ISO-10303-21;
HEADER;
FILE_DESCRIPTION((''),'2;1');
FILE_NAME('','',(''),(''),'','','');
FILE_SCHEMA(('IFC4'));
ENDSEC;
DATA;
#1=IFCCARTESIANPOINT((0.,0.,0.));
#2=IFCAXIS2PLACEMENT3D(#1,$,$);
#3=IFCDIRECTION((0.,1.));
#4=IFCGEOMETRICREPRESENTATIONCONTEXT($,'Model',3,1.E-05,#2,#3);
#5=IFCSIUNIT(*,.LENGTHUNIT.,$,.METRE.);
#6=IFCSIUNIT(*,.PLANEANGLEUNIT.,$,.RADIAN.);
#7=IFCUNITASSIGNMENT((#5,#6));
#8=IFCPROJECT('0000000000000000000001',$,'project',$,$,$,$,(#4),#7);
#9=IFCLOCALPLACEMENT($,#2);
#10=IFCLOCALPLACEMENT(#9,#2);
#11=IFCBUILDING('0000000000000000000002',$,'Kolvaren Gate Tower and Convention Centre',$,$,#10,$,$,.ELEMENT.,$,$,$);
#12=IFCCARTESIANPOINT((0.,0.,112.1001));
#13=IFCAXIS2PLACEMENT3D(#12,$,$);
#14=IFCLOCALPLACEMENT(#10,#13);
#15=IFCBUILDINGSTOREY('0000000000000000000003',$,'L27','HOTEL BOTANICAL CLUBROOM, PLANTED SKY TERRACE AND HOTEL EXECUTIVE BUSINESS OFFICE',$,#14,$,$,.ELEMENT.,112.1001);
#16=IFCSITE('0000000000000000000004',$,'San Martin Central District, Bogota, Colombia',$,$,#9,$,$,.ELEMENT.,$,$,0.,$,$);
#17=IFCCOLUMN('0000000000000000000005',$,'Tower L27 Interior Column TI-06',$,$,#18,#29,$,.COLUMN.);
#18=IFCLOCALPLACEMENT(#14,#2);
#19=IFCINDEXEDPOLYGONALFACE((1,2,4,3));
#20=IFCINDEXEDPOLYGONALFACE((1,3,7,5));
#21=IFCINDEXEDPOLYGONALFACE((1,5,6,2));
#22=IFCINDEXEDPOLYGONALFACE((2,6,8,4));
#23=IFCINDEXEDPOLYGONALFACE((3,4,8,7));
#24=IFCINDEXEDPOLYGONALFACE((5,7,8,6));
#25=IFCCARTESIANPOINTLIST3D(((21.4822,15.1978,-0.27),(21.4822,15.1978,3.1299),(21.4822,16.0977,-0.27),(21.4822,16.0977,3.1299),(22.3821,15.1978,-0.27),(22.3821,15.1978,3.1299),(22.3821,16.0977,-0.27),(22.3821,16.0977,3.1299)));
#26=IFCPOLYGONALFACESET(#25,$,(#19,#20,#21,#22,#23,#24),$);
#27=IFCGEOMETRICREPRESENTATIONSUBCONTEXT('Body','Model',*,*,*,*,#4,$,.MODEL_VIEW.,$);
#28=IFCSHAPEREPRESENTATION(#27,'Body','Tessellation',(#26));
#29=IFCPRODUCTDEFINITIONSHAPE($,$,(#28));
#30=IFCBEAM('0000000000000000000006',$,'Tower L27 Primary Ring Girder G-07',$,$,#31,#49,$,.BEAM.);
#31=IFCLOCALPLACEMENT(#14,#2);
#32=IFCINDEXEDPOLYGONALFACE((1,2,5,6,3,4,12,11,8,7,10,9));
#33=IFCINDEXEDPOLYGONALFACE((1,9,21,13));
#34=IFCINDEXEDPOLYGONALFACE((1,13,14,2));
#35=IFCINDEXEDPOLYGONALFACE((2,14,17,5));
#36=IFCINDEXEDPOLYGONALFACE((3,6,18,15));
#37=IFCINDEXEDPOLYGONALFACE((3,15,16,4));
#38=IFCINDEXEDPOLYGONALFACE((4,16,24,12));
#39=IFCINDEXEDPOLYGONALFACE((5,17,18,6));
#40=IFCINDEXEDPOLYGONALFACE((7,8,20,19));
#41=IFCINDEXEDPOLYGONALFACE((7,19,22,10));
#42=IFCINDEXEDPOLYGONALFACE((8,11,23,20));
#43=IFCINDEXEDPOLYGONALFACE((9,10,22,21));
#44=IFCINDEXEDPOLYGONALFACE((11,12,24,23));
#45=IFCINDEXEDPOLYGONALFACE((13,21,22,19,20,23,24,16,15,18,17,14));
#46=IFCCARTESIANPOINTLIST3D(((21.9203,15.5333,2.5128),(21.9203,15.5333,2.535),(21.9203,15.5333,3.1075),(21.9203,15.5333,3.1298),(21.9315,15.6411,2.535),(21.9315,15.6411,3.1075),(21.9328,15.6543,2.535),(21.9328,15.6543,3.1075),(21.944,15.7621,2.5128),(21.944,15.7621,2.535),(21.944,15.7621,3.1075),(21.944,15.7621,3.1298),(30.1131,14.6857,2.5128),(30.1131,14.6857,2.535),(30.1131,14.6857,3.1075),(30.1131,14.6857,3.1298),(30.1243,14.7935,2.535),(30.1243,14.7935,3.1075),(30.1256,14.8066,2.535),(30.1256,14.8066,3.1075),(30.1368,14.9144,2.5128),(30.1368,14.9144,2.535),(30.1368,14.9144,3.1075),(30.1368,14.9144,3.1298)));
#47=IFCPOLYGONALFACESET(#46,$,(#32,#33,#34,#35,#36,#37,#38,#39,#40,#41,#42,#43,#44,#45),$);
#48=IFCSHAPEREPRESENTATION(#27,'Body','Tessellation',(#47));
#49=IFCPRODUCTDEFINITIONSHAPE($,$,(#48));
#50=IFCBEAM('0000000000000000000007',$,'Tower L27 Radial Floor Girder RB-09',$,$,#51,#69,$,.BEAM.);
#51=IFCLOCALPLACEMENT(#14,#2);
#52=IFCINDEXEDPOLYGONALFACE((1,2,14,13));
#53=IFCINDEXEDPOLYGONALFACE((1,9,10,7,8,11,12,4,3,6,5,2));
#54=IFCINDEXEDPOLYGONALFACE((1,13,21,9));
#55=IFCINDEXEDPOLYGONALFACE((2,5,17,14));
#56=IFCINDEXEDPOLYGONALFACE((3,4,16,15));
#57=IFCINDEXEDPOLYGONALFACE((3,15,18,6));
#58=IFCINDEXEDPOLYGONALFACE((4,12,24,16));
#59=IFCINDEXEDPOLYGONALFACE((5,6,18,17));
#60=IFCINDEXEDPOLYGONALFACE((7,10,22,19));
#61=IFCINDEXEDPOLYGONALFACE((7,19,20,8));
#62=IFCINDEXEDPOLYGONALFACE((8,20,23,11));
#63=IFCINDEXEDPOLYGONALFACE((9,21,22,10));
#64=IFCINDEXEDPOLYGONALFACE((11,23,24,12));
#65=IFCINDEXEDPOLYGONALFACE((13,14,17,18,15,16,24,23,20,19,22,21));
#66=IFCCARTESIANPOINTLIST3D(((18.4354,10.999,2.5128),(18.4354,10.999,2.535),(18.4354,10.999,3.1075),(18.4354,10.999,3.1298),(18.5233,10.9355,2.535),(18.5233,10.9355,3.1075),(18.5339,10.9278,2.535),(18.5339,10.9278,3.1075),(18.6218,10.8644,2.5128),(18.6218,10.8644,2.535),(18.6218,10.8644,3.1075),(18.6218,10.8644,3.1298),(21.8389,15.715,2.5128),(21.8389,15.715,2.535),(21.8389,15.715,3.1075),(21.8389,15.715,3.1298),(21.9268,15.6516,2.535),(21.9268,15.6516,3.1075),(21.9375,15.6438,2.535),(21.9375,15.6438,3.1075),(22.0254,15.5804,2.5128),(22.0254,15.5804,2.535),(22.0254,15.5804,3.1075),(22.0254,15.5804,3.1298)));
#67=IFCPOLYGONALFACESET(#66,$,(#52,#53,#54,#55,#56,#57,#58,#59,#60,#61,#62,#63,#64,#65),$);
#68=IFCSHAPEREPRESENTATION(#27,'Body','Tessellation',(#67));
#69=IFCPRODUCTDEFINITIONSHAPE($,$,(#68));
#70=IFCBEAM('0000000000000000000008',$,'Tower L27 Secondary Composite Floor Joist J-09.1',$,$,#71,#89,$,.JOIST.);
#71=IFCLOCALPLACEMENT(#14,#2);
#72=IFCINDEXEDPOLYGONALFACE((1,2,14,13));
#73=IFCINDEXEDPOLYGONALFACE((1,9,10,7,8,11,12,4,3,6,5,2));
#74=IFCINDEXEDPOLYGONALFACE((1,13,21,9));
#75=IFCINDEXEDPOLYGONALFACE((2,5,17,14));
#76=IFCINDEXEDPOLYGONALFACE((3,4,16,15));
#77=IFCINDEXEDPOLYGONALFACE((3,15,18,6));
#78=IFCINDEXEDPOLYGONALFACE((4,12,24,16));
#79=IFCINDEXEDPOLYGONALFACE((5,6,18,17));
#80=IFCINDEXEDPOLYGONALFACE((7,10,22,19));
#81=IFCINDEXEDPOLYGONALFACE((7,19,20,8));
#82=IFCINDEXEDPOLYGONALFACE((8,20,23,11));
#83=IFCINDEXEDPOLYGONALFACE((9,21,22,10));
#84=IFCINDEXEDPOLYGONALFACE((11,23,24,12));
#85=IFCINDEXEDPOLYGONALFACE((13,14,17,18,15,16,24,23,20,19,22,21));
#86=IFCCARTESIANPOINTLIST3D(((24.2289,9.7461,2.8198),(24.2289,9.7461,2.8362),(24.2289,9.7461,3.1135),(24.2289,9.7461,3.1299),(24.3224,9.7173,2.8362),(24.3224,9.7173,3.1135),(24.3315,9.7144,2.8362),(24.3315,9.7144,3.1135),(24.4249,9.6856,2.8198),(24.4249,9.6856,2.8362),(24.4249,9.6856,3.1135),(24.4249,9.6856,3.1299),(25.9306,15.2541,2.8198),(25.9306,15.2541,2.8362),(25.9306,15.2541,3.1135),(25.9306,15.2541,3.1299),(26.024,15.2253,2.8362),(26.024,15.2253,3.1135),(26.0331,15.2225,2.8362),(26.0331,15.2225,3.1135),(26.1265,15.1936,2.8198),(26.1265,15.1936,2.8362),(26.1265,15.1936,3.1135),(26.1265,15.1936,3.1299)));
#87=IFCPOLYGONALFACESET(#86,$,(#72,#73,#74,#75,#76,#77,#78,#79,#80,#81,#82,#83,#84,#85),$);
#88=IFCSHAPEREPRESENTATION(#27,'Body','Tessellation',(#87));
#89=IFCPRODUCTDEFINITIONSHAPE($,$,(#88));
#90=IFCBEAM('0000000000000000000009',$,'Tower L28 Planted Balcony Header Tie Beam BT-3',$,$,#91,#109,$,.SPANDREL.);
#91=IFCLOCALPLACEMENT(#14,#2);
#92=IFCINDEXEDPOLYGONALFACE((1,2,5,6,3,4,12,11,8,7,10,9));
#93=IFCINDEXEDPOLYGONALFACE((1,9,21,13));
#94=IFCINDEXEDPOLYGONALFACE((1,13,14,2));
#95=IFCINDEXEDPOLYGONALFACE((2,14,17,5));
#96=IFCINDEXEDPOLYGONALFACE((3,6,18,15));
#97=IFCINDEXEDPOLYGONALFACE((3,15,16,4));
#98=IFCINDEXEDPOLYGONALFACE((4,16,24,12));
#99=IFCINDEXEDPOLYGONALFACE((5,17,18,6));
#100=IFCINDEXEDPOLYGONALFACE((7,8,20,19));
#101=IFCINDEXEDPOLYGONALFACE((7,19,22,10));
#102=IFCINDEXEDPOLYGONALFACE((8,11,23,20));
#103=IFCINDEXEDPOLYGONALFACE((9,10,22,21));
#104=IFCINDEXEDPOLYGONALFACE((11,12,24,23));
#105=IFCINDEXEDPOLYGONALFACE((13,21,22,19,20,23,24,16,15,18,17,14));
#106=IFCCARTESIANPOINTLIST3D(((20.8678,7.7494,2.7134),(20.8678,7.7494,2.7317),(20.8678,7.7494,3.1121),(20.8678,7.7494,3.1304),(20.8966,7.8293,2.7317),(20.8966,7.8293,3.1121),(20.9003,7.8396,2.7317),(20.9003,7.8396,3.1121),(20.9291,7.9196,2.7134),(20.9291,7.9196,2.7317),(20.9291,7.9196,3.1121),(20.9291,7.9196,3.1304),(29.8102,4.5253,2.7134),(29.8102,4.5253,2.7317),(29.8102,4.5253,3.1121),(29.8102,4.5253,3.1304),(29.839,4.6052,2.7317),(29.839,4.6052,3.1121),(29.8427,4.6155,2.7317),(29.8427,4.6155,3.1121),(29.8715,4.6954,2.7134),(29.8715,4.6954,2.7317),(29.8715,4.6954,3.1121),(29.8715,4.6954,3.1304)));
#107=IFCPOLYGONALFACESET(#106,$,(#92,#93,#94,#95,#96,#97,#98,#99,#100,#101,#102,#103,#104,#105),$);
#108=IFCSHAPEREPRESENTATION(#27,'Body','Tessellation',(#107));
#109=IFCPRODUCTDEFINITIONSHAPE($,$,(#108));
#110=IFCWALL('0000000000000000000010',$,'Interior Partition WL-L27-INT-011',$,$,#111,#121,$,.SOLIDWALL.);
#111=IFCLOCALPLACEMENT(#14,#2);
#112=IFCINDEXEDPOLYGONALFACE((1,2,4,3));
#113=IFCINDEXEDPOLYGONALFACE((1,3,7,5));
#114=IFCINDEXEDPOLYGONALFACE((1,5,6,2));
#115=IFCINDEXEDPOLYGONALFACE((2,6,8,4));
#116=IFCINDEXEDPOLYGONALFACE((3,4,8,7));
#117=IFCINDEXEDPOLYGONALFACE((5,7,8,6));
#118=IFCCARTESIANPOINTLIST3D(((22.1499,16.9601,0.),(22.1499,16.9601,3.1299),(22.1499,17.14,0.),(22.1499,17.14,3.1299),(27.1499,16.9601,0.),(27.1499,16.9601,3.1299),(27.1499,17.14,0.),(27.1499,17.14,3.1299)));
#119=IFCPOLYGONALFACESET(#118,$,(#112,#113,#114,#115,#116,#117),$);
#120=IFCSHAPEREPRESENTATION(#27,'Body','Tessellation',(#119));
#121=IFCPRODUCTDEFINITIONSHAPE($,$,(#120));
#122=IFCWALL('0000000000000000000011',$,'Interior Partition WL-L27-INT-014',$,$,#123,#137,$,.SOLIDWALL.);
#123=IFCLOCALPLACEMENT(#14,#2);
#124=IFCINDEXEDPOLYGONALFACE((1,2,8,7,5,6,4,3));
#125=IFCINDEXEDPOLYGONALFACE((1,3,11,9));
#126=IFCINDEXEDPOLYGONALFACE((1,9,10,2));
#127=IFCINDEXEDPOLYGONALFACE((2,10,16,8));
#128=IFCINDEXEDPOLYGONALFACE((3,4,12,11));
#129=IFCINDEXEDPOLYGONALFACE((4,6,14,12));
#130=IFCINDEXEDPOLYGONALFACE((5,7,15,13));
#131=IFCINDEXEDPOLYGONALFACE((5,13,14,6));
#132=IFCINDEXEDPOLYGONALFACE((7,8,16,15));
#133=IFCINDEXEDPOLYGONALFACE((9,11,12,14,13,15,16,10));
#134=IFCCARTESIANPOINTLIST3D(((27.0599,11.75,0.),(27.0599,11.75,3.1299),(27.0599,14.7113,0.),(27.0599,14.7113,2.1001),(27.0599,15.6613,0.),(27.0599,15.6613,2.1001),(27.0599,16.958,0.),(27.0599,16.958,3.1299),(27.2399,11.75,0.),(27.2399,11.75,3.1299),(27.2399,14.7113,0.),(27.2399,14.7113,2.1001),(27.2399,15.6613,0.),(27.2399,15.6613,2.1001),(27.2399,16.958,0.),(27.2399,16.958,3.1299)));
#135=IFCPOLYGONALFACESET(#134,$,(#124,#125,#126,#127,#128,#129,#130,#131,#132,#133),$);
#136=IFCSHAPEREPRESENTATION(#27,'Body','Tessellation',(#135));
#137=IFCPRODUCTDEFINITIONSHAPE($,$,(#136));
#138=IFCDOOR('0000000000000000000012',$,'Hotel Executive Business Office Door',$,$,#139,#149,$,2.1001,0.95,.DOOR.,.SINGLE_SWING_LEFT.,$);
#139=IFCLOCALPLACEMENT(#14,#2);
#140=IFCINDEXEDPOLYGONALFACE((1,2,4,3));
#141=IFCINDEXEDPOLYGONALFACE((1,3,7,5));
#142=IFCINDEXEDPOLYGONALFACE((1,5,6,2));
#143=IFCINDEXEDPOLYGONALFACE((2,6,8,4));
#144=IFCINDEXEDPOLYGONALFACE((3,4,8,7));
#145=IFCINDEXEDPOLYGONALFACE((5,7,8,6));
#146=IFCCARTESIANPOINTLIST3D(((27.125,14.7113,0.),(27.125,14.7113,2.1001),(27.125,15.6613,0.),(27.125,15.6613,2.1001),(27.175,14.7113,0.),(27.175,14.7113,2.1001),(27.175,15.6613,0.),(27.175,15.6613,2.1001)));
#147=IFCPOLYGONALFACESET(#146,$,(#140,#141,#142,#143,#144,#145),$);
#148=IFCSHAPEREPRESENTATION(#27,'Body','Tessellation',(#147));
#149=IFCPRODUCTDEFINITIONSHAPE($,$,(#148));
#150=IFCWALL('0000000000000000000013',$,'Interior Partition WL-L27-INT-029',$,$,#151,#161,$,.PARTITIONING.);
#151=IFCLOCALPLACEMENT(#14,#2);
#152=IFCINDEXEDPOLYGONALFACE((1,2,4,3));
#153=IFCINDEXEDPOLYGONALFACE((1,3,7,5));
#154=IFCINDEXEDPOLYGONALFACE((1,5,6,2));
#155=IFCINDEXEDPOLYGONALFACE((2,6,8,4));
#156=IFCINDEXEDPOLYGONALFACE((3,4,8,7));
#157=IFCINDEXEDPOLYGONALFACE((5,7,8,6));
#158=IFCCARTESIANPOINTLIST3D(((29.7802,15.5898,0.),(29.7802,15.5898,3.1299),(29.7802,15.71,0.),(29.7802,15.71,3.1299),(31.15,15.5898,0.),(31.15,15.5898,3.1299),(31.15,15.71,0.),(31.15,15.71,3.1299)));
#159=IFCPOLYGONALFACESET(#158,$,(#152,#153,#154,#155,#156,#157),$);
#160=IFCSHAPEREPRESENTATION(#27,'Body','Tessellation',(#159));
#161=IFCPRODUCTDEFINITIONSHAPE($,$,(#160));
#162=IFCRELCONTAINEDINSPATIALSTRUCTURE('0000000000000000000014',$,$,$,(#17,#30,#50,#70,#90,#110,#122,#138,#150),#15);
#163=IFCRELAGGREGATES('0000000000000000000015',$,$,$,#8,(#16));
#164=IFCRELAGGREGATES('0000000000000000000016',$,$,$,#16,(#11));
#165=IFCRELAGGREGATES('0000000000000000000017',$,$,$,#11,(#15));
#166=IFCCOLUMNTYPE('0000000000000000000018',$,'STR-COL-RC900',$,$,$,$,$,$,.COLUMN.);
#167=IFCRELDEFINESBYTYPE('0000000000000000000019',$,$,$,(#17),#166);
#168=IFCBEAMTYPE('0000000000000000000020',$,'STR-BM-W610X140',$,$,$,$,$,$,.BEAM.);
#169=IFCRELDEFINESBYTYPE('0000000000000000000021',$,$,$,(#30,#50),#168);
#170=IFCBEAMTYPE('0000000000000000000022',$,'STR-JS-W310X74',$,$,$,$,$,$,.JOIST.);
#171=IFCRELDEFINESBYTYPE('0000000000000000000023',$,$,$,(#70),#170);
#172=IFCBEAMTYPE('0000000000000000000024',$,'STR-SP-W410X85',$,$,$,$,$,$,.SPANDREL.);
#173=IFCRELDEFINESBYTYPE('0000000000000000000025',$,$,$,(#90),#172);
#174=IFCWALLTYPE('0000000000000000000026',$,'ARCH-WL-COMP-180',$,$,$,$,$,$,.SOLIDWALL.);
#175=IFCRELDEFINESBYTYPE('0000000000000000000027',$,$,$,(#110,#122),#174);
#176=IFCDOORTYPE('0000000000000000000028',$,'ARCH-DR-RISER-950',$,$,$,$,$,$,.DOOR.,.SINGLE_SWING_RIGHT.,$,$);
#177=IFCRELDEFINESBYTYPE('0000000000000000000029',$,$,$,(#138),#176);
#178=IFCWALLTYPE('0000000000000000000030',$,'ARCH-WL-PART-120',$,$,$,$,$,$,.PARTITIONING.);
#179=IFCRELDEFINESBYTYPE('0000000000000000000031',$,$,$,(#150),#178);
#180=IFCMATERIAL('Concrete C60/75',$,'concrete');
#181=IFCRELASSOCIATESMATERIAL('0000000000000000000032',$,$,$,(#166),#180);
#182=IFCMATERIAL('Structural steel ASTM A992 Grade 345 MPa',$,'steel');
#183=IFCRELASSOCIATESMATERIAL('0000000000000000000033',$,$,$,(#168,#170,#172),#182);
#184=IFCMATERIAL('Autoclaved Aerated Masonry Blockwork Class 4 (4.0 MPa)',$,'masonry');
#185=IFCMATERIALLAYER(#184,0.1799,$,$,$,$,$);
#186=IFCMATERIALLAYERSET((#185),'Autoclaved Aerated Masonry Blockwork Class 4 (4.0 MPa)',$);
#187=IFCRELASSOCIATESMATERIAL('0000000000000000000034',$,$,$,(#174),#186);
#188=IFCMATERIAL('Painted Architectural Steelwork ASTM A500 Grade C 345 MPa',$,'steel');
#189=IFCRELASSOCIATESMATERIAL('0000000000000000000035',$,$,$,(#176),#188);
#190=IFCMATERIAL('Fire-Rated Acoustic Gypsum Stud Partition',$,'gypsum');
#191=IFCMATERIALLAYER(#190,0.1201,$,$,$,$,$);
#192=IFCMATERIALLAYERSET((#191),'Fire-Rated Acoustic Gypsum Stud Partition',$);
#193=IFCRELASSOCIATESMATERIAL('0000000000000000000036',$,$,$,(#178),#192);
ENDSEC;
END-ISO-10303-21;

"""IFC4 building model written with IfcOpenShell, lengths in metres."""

from ifc_helpers import new_model, si_unit, direction, frame, frame_2d, origin, origin_2d, place, context, subcontext, project, spatial, rectangle, i_section, extrude, material, layer, layer_set, material_profile, profile_set, type_object, element, fill, save


model = new_model("IFC4")

# Units and contexts
model_context = context("Model", 3, precision=1e-05, world=origin(), true_north=direction((0.0, 1.0)))
body_context = subcontext(model_context, "Body", "Model", "MODEL_VIEW")
ifc_project = project(units=[si_unit("LENGTHUNIT", "METRE"), si_unit("PLANEANGLEUNIT", "RADIAN")], contexts=[model_context])

# Site, building, storey
site_placement = place(None, origin())
site = spatial("IfcSite", under=ifc_project, at=site_placement, Name="San Martin Central District, Bogota, Colombia", CompositionType="ELEMENT", RefElevation=0.0)
building_placement = place(site_placement, origin())
building = spatial("IfcBuilding", under=site, at=building_placement, Name="Kolvaren Gate Tower and Convention Centre", CompositionType="ELEMENT")
storey_placement = place(building_placement, frame((0.0, 0.0, 112.1001)))
storey = spatial("IfcBuildingStorey", under=building, at=storey_placement, Name="L27", Description="HOTEL BOTANICAL CLUBROOM, PLANTED SKY TERRACE AND HOTEL EXECUTIVE BUSINESS OFFICE", CompositionType="ELEMENT", Elevation=112.1001)

# Column
ifc_material_1 = material(Name="Concrete C60/75", Category="concrete")
ifc_material_profile_1 = material_profile(ifc_material_1, rectangle(XDim=0.8999, YDim=0.8999, at=origin_2d()), Name="RC-COL-900X900")
ifc_profile_set_1 = profile_set([ifc_material_profile_1], Name="Concrete C60/75")
column_type = type_object("IfcColumnType", Name="STR-COL-RC900", PredefinedType="COLUMN", material=ifc_profile_set_1)
column_placement = place(storey_placement, frame((21.9321, 15.6477, -0.27), z_axis=(0.0, 0.0, 1.0), x_axis=(1.0, 0.0, 0.0)))
element("IfcColumn", 1, at=column_placement, inside=storey, type_object=column_type, Name="Tower L27 Interior Column TI-06", PredefinedType="COLUMN", context=body_context, shape_type="SweptSolid", body=[
    extrude(rectangle(XDim=0.8999, YDim=0.8999, at=origin_2d()), origin(), (0.0, 0.0, 1.0), 3.3999),
])

# Beams
ifc_material_2 = material(Name="Structural steel ASTM A992 Grade 345 MPa", Category="steel")
ifc_material_profile_2 = material_profile(ifc_material_2, i_section(OverallWidth=0.23, OverallDepth=0.6169, WebThickness=0.0132, FlangeThickness=0.0222, at=origin_2d()), Name="W610X140")
ifc_profile_set_2 = profile_set([ifc_material_profile_2], Name="Structural steel ASTM A992 Grade 345 MPa")
beam_type_1 = type_object("IfcBeamType", Name="STR-BM-W610X140", PredefinedType="BEAM", material=ifc_profile_set_2)
beam_1_placement = place(storey_placement, frame((21.9321, 15.6477, 2.8213), z_axis=(0.99469, -0.102913, 0.0), x_axis=(0.102913, 0.99469, 0.0)))
element("IfcBeam", 2, at=beam_1_placement, inside=storey, type_object=beam_type_1, Name="Tower L27 Primary Ring Girder G-07", PredefinedType="BEAM", context=body_context, shape_type="SweptSolid", body=[
    extrude(i_section(OverallWidth=0.23, OverallDepth=0.6169, WebThickness=0.0132, FlangeThickness=0.0222, at=origin_2d()), origin(), (0.0, 0.0, 1.0), 8.2366),
])
beam_2_placement = place(storey_placement, frame((21.9321, 15.6477, 2.8213), z_axis=(-0.58521, -0.810882, 0.0), x_axis=(0.810882, -0.58521, 0.0)))
element("IfcBeam", 3, at=beam_2_placement, inside=storey, type_object=beam_type_1, Name="Tower L27 Radial Floor Girder RB-09", PredefinedType="BEAM", context=body_context, shape_type="SweptSolid", body=[
    extrude(i_section(OverallWidth=0.23, OverallDepth=0.6169, WebThickness=0.0132, FlangeThickness=0.0222, at=origin_2d()), origin(), (0.0, 0.0, 1.0), 5.8159),
])
ifc_material_profile_3 = material_profile(ifc_material_2, i_section(OverallWidth=0.2051, OverallDepth=0.3101, WebThickness=0.0095, FlangeThickness=0.0164, at=origin_2d()), Name="W310X74")
ifc_profile_set_3 = profile_set([ifc_material_profile_3], Name="Structural steel ASTM A992 Grade 345 MPa")
beam_type_2 = type_object("IfcBeamType", Name="STR-JS-W310X74", PredefinedType="JOIST", material=ifc_profile_set_3)
beam_3_placement = place(storey_placement, frame((26.0286, 15.2239, 2.9749), z_axis=(-0.295175, -0.955443, 0.0), x_axis=(0.955443, -0.295175, 0.0)))
element("IfcBeam", 4, at=beam_3_placement, inside=storey, type_object=beam_type_2, Name="Tower L27 Secondary Composite Floor Joist J-09.1", PredefinedType="JOIST", context=body_context, shape_type="SweptSolid", body=[
    extrude(i_section(OverallWidth=0.2051, OverallDepth=0.3101, WebThickness=0.0095, FlangeThickness=0.0164, at=origin_2d()), origin(), (0.0, 0.0, 1.0), 5.7649),
])
ifc_material_profile_4 = material_profile(ifc_material_2, i_section(OverallWidth=0.1809, OverallDepth=0.417, WebThickness=0.011, FlangeThickness=0.0183, at=origin_2d()), Name="W410X85")
ifc_profile_set_4 = profile_set([ifc_material_profile_4], Name="Structural steel ASTM A992 Grade 345 MPa")
beam_type_3 = type_object("IfcBeamType", Name="STR-SP-W410X85", PredefinedType="SPANDREL", material=ifc_profile_set_4)
beam_4_placement = place(storey_placement, frame((20.8984, 7.8345, 2.9219), z_axis=(0.940724, -0.339172, 0.0), x_axis=(0.339172, 0.940724, 0.0)))
element("IfcBeam", 5, at=beam_4_placement, inside=storey, type_object=beam_type_3, Name="Tower L28 Planted Balcony Header Tie Beam BT-3", PredefinedType="SPANDREL", context=body_context, shape_type="SweptSolid", body=[
    extrude(i_section(OverallWidth=0.1809, OverallDepth=0.417, WebThickness=0.011, FlangeThickness=0.0183, at=origin_2d()), origin(), (0.0, 0.0, 1.0), 9.5059),
])

# Wall
ifc_material_3 = material(Name="Autoclaved Aerated Masonry Blockwork Class 4 (4.0 MPa)", Category="masonry")
ifc_layer_1 = layer(ifc_material_3, 0.1799)
ifc_layer_set_1 = layer_set([ifc_layer_1], Name="Autoclaved Aerated Masonry Blockwork Class 4 (4.0 MPa)")
wall_type_1 = type_object("IfcWallType", Name="ARCH-WL-COMP-180", PredefinedType="SOLIDWALL", material=ifc_layer_set_1)
wall_1_placement = place(storey_placement, frame((22.1499, 17.05, 0.0), z_axis=(0.0, 0.0, 1.0), x_axis=(1.0, 0.0, 0.0)))
element("IfcWall", 6, at=wall_1_placement, inside=storey, type_object=wall_type_1, Name="Interior Partition WL-L27-INT-011", PredefinedType="SOLIDWALL", context=body_context, shape_type="SweptSolid", body=[
    extrude(rectangle(XDim=5.0, YDim=0.1799, at=frame_2d((2.5, 0.0))), origin(), (0.0, 0.0, 1.0), 3.1299),
])

# Wall, opening, door
wall_2_placement = place(storey_placement, frame((27.1499, 11.75, 0.0), z_axis=(0.0, 0.0, 1.0), x_axis=(0.0, 1.0, 0.0)))
wall_2 = element("IfcWall", 7, at=wall_2_placement, inside=storey, type_object=wall_type_1, Name="Interior Partition WL-L27-INT-014", PredefinedType="SOLIDWALL", context=body_context, shape_type="SweptSolid", body=[
    extrude(rectangle(XDim=5.208, YDim=0.1799, at=frame_2d((2.604, 0.0))), origin(), (0.0, 0.0, 1.0), 3.1299),
])
opening_1_placement = place(wall_2_placement, frame((2.9612, 0.0, 0.0)))
opening_1 = element("IfcOpeningElement", 8, at=opening_1_placement, cuts=wall_2, PredefinedType="OPENING", context=body_context, shape_type="SweptSolid", body=[
    extrude(rectangle(XDim=0.95, YDim=2.1001, at=frame_2d((0.4751, 1.05))), frame((0.0, 0.0999, 0.0), z_axis=(0.0, -1.0, 0.0), x_axis=(1.0, 0.0, 0.0)), (0.0, 0.0, 1.0), 0.2),
])
ifc_material_4 = material(Name="Painted Architectural Steelwork ASTM A500 Grade C 345 MPa", Category="steel")
door_type_1 = type_object("IfcDoorType", Name="ARCH-DR-RISER-950", OperationType="SINGLE_SWING_RIGHT", PredefinedType="DOOR", material=ifc_material_4)
door_1_placement = place(opening_1_placement, origin())
door_1 = element("IfcDoor", 9, at=door_1_placement, inside=storey, type_object=door_type_1, Name="Hotel Executive Business Office Door", OperationType="SINGLE_SWING_LEFT", OverallHeight=2.1001, OverallWidth=0.95, PredefinedType="DOOR", context=body_context, shape_type="SweptSolid", body=[
    extrude(rectangle(XDim=0.95, YDim=2.1001, at=frame_2d((0.4751, 1.05))), frame((0.0, 0.0249, 0.0), z_axis=(0.0, -1.0, 0.0), x_axis=(1.0, 0.0, 0.0)), (0.0, 0.0, 1.0), 0.05),
])
fill(opening_1, door_1)

# Wall
ifc_material_5 = material(Name="Fire-Rated Acoustic Gypsum Stud Partition", Category="gypsum")
ifc_layer_2 = layer(ifc_material_5, 0.1201)
ifc_layer_set_2 = layer_set([ifc_layer_2], Name="Fire-Rated Acoustic Gypsum Stud Partition")
wall_type_2 = type_object("IfcWallType", Name="ARCH-WL-PART-120", PredefinedType="PARTITIONING", material=ifc_layer_set_2)
wall_3_placement = place(storey_placement, frame((29.78, 15.6499, 0.0), z_axis=(0.0, 0.0, 1.0), x_axis=(1.0, 0.0, 0.0)))
element("IfcWall", 10, at=wall_3_placement, inside=storey, type_object=wall_type_2, Name="Interior Partition WL-L27-INT-029", PredefinedType="PARTITIONING", context=body_context, shape_type="SweptSolid", body=[
    extrude(rectangle(XDim=1.3699, YDim=0.1201, at=frame_2d((0.6851, 0.0))), origin(), (0.0, 0.0, 1.0), 3.1299),
])

save(model, "model.ifc")
